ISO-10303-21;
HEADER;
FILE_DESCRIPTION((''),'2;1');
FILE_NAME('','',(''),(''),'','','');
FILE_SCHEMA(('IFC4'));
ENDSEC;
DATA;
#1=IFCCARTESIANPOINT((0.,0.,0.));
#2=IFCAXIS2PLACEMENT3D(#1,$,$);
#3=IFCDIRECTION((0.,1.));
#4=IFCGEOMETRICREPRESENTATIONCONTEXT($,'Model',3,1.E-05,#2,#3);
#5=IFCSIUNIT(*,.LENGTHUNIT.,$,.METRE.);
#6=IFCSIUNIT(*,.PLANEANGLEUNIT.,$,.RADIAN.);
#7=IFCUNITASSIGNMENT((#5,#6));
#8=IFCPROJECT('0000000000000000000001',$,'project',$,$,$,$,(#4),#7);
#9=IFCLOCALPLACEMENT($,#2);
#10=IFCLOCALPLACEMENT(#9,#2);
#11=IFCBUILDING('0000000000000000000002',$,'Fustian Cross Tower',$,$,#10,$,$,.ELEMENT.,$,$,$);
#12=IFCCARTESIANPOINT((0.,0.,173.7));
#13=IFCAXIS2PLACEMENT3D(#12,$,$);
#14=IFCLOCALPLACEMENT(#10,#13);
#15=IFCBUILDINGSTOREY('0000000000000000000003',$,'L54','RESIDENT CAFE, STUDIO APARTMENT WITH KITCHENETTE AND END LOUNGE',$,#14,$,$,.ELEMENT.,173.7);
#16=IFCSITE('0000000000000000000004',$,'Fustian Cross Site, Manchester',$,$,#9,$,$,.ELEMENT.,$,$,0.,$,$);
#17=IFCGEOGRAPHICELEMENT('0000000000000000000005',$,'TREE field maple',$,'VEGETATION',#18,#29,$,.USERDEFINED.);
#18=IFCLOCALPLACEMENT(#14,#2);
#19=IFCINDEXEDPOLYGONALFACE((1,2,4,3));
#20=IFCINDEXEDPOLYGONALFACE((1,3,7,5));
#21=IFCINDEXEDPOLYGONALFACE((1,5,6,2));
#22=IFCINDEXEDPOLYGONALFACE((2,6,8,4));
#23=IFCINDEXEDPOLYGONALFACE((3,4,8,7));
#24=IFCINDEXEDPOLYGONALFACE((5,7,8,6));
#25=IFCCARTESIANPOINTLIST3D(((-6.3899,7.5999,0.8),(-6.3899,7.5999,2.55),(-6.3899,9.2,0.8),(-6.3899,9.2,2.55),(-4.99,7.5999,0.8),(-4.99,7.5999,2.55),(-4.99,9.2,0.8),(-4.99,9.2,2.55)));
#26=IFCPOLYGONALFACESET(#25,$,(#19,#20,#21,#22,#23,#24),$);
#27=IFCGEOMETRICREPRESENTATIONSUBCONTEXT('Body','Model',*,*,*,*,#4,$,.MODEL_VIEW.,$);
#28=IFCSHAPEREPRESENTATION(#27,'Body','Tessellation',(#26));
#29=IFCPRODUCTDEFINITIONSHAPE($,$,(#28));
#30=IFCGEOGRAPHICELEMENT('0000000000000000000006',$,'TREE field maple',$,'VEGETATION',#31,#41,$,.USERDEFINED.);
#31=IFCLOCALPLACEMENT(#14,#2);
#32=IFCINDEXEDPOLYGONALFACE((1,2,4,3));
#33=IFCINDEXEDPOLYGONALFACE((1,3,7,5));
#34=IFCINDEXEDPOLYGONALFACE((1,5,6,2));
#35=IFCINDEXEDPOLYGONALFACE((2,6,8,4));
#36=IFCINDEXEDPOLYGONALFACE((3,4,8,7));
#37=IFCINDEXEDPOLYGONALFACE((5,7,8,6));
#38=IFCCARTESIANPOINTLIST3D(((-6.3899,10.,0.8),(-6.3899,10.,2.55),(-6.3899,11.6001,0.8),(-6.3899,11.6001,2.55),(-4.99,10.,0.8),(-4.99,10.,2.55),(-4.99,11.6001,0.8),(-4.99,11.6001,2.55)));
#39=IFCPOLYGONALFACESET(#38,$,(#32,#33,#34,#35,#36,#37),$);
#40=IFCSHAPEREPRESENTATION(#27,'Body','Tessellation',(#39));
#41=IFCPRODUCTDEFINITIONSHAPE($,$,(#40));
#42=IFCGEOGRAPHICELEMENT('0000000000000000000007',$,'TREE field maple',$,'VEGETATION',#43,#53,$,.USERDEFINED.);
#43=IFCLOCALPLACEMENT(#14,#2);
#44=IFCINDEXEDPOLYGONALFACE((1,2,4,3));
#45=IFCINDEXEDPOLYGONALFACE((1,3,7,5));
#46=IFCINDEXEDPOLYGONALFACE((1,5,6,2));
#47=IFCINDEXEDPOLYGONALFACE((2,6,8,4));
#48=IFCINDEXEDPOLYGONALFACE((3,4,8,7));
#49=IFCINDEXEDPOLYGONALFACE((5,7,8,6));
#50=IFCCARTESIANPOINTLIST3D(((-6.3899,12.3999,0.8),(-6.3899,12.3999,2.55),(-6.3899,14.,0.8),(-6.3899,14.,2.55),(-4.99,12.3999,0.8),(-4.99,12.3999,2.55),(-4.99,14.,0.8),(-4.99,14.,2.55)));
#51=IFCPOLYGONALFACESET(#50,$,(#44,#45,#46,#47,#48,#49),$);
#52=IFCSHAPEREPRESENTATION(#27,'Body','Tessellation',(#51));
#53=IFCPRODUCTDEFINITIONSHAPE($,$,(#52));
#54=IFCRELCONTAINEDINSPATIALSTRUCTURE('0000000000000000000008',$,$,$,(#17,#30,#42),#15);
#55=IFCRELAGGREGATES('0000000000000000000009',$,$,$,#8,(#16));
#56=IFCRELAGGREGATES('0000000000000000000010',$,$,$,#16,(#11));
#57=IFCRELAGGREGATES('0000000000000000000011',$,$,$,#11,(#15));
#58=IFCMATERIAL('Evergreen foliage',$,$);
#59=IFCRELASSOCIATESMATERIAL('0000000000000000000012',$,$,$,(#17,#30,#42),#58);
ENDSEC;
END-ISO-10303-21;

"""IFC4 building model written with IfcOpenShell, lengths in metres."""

from ifc_helpers import new_model, si_unit, direction, frame, origin, origin_2d, place, context, subcontext, project, spatial, rectangle, extrude, material, element, save


model = new_model("IFC4")

# Units and contexts
model_context = context("Model", 3, precision=1e-05, world=origin(), true_north=direction((0.0, 1.0)))
body_context = subcontext(model_context, "Body", "Model", "MODEL_VIEW")
ifc_project = project(units=[si_unit("LENGTHUNIT", "METRE"), si_unit("PLANEANGLEUNIT", "RADIAN")], contexts=[model_context])

# Site, building, storey
site_placement = place(None, origin())
site = spatial("IfcSite", under=ifc_project, at=site_placement, Name="Fustian Cross Site, Manchester", CompositionType="ELEMENT", RefElevation=0.0)
building_placement = place(site_placement, origin())
building = spatial("IfcBuilding", under=site, at=building_placement, Name="Fustian Cross Tower", CompositionType="ELEMENT")
storey_placement = place(building_placement, frame((0.0, 0.0, 173.7)))
storey = spatial("IfcBuildingStorey", under=building, at=storey_placement, Name="L54", Description="RESIDENT CAFE, STUDIO APARTMENT WITH KITCHENETTE AND END LOUNGE", CompositionType="ELEMENT", Elevation=173.7)

# Geographic elements
ifc_material_1 = material(Name="Evergreen foliage")
for number, where, z_axis, x_axis, name in (
    (1, (-5.6899, 8.3999, 0.8), (0.0, 0.0, 1.0), (1.0, 0.0, 0.0), "TREE field maple"),
    (2, (-5.6899, 10.8, 0.8), (0.0, 0.0, 1.0), (1.0, 0.0, 0.0), "TREE field maple"),
    (3, (-5.6899, 13.2, 0.8), (0.0, 0.0, 1.0), (1.0, 0.0, 0.0), "TREE field maple"),
):
    element("IfcGeographicElement", number, at=place(storey_placement, frame(where, z_axis=z_axis, x_axis=x_axis)), inside=storey, material=ifc_material_1, Name=name, ObjectType="VEGETATION", PredefinedType="USERDEFINED", context=body_context, shape_type="SweptSolid", body=[
        extrude(rectangle(XDim=1.3999, YDim=1.6001, at=origin_2d()), origin(), (0.0, 0.0, 1.0), 1.75),
    ])

save(model, "model.ifc")
